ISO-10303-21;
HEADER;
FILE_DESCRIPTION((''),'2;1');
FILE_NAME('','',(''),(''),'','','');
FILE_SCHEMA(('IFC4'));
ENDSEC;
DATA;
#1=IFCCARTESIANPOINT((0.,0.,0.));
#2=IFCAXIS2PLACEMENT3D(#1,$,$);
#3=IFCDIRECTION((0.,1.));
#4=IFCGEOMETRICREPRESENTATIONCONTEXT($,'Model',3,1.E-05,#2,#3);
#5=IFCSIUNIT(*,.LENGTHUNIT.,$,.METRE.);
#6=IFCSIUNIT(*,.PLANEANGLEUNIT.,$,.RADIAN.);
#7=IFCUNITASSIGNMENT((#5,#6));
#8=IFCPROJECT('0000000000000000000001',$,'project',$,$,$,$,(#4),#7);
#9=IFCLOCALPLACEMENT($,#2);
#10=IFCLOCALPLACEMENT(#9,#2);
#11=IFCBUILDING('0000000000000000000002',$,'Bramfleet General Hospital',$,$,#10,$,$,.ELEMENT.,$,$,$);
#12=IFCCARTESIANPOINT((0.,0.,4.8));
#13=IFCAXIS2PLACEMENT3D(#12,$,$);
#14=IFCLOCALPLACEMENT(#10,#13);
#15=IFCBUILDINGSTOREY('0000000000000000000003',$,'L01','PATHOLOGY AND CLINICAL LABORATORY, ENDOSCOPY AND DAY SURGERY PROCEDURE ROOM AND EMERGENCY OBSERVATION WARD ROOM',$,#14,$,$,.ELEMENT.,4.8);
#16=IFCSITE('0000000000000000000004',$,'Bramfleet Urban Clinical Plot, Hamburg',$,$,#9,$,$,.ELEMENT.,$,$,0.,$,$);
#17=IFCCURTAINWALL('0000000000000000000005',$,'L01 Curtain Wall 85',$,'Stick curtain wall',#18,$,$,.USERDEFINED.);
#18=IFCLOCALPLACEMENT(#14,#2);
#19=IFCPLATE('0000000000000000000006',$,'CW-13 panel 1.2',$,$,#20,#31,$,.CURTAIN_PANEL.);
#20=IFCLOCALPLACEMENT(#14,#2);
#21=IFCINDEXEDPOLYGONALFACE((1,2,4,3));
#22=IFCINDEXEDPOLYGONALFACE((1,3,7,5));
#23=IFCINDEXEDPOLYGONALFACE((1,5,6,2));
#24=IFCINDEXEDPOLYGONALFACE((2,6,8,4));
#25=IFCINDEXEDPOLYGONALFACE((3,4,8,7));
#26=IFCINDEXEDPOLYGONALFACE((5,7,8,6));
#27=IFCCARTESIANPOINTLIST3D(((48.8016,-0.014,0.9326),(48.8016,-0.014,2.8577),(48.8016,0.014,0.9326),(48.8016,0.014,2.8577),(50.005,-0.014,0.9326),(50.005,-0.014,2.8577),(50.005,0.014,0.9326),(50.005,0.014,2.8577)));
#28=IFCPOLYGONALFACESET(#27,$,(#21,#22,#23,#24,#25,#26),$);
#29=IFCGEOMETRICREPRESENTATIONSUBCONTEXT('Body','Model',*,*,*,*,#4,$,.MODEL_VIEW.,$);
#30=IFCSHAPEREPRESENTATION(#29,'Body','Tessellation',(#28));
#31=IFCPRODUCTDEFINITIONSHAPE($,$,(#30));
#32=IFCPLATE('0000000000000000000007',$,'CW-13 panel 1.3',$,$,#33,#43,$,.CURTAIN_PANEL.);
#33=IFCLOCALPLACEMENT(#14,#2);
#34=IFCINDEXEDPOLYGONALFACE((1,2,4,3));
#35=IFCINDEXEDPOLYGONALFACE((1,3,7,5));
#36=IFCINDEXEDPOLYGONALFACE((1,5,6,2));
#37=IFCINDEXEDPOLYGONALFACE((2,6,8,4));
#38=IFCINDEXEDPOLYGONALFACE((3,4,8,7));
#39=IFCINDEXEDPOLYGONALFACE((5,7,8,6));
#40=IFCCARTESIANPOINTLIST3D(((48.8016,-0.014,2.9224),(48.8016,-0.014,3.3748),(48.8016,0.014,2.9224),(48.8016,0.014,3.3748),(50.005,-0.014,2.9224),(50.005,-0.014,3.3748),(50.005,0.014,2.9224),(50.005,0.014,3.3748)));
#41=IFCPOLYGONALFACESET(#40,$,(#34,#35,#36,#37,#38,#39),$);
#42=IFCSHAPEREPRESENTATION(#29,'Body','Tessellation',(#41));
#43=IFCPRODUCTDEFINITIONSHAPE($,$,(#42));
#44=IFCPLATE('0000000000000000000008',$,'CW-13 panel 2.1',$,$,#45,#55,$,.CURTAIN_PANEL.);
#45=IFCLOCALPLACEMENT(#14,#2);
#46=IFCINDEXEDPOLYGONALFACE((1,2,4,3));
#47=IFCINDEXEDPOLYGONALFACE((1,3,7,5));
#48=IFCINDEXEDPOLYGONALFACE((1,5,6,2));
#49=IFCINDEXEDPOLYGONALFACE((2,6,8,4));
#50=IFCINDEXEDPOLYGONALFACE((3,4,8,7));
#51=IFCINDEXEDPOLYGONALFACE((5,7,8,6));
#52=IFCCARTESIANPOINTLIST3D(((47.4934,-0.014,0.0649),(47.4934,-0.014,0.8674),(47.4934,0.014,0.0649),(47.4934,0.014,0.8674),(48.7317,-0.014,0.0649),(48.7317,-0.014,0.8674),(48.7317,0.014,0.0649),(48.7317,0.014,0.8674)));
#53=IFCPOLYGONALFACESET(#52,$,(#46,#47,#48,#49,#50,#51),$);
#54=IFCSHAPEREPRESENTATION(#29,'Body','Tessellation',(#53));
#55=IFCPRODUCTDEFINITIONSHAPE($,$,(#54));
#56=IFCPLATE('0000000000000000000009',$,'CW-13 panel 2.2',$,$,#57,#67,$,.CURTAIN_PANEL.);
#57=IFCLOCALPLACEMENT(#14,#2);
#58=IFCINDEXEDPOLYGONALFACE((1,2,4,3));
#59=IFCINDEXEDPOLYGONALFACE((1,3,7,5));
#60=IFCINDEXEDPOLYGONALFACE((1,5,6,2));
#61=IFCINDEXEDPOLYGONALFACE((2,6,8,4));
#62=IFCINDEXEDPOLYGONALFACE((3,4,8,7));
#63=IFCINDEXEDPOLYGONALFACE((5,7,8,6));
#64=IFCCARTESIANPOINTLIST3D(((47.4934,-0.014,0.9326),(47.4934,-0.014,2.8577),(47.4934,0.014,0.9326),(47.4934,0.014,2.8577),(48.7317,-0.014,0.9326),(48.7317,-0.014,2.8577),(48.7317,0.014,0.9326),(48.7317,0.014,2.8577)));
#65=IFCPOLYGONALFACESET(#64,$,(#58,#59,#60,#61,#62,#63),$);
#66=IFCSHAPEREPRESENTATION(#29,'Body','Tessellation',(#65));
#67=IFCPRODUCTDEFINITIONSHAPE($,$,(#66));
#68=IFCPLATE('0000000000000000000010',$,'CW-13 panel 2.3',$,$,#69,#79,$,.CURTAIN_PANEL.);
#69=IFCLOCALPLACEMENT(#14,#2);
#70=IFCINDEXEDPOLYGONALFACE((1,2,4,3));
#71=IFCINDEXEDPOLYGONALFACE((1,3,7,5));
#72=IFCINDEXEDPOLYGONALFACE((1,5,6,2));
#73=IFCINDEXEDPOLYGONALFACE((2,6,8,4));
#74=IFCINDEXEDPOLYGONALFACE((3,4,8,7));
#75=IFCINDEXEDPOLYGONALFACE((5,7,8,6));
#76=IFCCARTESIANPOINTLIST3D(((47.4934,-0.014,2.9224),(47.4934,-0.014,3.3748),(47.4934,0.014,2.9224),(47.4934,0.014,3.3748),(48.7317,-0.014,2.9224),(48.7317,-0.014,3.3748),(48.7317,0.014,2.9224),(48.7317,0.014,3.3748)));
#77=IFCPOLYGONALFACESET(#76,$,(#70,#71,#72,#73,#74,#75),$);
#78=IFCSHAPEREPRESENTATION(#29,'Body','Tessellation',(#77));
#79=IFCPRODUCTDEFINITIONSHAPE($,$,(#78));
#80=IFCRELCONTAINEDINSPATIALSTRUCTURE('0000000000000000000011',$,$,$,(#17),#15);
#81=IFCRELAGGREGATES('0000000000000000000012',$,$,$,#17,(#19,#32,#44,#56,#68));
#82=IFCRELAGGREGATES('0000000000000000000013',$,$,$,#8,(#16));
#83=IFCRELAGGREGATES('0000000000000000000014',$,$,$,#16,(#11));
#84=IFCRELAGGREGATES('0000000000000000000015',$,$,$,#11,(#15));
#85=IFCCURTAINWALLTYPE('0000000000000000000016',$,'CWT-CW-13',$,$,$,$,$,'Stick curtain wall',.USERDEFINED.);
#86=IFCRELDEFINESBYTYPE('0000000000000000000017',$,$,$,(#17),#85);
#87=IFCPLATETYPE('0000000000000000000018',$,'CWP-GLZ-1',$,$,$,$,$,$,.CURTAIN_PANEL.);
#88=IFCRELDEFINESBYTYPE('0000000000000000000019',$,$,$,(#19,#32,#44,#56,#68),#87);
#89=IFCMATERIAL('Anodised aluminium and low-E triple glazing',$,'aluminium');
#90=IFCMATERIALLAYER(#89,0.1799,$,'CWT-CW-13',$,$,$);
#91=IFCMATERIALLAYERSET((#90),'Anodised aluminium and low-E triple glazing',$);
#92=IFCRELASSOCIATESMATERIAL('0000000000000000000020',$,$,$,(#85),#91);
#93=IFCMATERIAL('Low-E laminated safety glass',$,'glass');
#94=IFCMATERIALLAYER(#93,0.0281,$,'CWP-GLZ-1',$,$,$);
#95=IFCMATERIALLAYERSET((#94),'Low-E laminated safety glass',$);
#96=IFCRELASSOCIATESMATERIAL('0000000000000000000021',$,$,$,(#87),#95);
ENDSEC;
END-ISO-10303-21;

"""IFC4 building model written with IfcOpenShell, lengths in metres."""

from ifc_helpers import new_model, si_unit, direction, frame, origin, origin_2d, place, context, subcontext, project, spatial, rectangle, extrude, material, layer, layer_set, type_object, element, aggregate, save


model = new_model("IFC4")

# Units and contexts
model_context = context("Model", 3, precision=1e-05, world=origin(), true_north=direction((0.0, 1.0)))
body_context = subcontext(model_context, "Body", "Model", "MODEL_VIEW")
ifc_project = project(units=[si_unit("LENGTHUNIT", "METRE"), si_unit("PLANEANGLEUNIT", "RADIAN")], contexts=[model_context])

# Site, building, storey
site_placement = place(None, origin())
site = spatial("IfcSite", under=ifc_project, at=site_placement, Name="Bramfleet Urban Clinical Plot, Hamburg", CompositionType="ELEMENT", RefElevation=0.0)
building_placement = place(site_placement, origin())
building = spatial("IfcBuilding", under=site, at=building_placement, Name="Bramfleet General Hospital", CompositionType="ELEMENT")
storey_placement = place(building_placement, frame((0.0, 0.0, 4.8)))
storey = spatial("IfcBuildingStorey", under=building, at=storey_placement, Name="L01", Description="PATHOLOGY AND CLINICAL LABORATORY, ENDOSCOPY AND DAY SURGERY PROCEDURE ROOM AND EMERGENCY OBSERVATION WARD ROOM", CompositionType="ELEMENT", Elevation=4.8)

# Curtain wall, plates
ifc_material_1 = material(Name="Anodised aluminium and low-E triple glazing", Category="aluminium")
ifc_layer_1 = layer(ifc_material_1, 0.1799, Name="CWT-CW-13")
ifc_layer_set_1 = layer_set([ifc_layer_1], Name="Anodised aluminium and low-E triple glazing")
curtain_wall_type = type_object("IfcCurtainWallType", Name="CWT-CW-13", ElementType="Stick curtain wall", PredefinedType="USERDEFINED", material=ifc_layer_set_1)
curtain_wall_placement = place(storey_placement, origin())
curtain_wall = element("IfcCurtainWall", 1, at=curtain_wall_placement, inside=storey, type_object=curtain_wall_type, Name="L01 Curtain Wall 85", ObjectType="Stick curtain wall", PredefinedType="USERDEFINED")
ifc_material_2 = material(Name="Low-E laminated safety glass", Category="glass")
ifc_layer_2 = layer(ifc_material_2, 0.0281, Name="CWP-GLZ-1")
ifc_layer_set_2 = layer_set([ifc_layer_2], Name="Low-E laminated safety glass")
plate_type = type_object("IfcPlateType", Name="CWP-GLZ-1", PredefinedType="CURTAIN_PANEL", material=ifc_layer_set_2)
plate_1_placement = place(storey_placement, frame((49.4033, 0.0, 0.9326), z_axis=(0.0, 0.0, 1.0), x_axis=(-1.0, 0.0, 0.0)))
plate_1 = element("IfcPlate", 2, at=plate_1_placement, type_object=plate_type, Name="CW-13 panel 1.2", PredefinedType="CURTAIN_PANEL", context=body_context, shape_type="SweptSolid", body=[
    extrude(rectangle(XDim=1.2034, YDim=0.0281, at=origin_2d()), origin(), (0.0, 0.0, 1.0), 1.925),
])
plate_2_placement = place(storey_placement, frame((49.4033, 0.0, 2.9224), z_axis=(0.0, 0.0, 1.0), x_axis=(-1.0, 0.0, 0.0)))
plate_2 = element("IfcPlate", 3, at=plate_2_placement, type_object=plate_type, Name="CW-13 panel 1.3", PredefinedType="CURTAIN_PANEL", context=body_context, shape_type="SweptSolid", body=[
    extrude(rectangle(XDim=1.2034, YDim=0.0281, at=origin_2d()), origin(), (0.0, 0.0, 1.0), 0.4524),
])
plate_3_placement = place(storey_placement, frame((48.1125, 0.0, 0.0649), z_axis=(0.0, 0.0, 1.0), x_axis=(-1.0, 0.0, 0.0)))
plate_3 = element("IfcPlate", 4, at=plate_3_placement, type_object=plate_type, Name="CW-13 panel 2.1", PredefinedType="CURTAIN_PANEL", context=body_context, shape_type="SweptSolid", body=[
    extrude(rectangle(XDim=1.2383, YDim=0.0281, at=origin_2d()), origin(), (0.0, 0.0, 1.0), 0.8025),
])
plate_4_placement = place(storey_placement, frame((48.1125, 0.0, 0.9326), z_axis=(0.0, 0.0, 1.0), x_axis=(-1.0, 0.0, 0.0)))
plate_4 = element("IfcPlate", 5, at=plate_4_placement, type_object=plate_type, Name="CW-13 panel 2.2", PredefinedType="CURTAIN_PANEL", context=body_context, shape_type="SweptSolid", body=[
    extrude(rectangle(XDim=1.2383, YDim=0.0281, at=origin_2d()), origin(), (0.0, 0.0, 1.0), 1.925),
])
plate_5_placement = place(storey_placement, frame((48.1125, 0.0, 2.9224), z_axis=(0.0, 0.0, 1.0), x_axis=(-1.0, 0.0, 0.0)))
plate_5 = element("IfcPlate", 6, at=plate_5_placement, type_object=plate_type, Name="CW-13 panel 2.3", PredefinedType="CURTAIN_PANEL", context=body_context, shape_type="SweptSolid", body=[
    extrude(rectangle(XDim=1.2383, YDim=0.0281, at=origin_2d()), origin(), (0.0, 0.0, 1.0), 0.4524),
])
aggregate(curtain_wall, [plate_1, plate_2, plate_3, plate_4, plate_5])

save(model, "model.ifc")
